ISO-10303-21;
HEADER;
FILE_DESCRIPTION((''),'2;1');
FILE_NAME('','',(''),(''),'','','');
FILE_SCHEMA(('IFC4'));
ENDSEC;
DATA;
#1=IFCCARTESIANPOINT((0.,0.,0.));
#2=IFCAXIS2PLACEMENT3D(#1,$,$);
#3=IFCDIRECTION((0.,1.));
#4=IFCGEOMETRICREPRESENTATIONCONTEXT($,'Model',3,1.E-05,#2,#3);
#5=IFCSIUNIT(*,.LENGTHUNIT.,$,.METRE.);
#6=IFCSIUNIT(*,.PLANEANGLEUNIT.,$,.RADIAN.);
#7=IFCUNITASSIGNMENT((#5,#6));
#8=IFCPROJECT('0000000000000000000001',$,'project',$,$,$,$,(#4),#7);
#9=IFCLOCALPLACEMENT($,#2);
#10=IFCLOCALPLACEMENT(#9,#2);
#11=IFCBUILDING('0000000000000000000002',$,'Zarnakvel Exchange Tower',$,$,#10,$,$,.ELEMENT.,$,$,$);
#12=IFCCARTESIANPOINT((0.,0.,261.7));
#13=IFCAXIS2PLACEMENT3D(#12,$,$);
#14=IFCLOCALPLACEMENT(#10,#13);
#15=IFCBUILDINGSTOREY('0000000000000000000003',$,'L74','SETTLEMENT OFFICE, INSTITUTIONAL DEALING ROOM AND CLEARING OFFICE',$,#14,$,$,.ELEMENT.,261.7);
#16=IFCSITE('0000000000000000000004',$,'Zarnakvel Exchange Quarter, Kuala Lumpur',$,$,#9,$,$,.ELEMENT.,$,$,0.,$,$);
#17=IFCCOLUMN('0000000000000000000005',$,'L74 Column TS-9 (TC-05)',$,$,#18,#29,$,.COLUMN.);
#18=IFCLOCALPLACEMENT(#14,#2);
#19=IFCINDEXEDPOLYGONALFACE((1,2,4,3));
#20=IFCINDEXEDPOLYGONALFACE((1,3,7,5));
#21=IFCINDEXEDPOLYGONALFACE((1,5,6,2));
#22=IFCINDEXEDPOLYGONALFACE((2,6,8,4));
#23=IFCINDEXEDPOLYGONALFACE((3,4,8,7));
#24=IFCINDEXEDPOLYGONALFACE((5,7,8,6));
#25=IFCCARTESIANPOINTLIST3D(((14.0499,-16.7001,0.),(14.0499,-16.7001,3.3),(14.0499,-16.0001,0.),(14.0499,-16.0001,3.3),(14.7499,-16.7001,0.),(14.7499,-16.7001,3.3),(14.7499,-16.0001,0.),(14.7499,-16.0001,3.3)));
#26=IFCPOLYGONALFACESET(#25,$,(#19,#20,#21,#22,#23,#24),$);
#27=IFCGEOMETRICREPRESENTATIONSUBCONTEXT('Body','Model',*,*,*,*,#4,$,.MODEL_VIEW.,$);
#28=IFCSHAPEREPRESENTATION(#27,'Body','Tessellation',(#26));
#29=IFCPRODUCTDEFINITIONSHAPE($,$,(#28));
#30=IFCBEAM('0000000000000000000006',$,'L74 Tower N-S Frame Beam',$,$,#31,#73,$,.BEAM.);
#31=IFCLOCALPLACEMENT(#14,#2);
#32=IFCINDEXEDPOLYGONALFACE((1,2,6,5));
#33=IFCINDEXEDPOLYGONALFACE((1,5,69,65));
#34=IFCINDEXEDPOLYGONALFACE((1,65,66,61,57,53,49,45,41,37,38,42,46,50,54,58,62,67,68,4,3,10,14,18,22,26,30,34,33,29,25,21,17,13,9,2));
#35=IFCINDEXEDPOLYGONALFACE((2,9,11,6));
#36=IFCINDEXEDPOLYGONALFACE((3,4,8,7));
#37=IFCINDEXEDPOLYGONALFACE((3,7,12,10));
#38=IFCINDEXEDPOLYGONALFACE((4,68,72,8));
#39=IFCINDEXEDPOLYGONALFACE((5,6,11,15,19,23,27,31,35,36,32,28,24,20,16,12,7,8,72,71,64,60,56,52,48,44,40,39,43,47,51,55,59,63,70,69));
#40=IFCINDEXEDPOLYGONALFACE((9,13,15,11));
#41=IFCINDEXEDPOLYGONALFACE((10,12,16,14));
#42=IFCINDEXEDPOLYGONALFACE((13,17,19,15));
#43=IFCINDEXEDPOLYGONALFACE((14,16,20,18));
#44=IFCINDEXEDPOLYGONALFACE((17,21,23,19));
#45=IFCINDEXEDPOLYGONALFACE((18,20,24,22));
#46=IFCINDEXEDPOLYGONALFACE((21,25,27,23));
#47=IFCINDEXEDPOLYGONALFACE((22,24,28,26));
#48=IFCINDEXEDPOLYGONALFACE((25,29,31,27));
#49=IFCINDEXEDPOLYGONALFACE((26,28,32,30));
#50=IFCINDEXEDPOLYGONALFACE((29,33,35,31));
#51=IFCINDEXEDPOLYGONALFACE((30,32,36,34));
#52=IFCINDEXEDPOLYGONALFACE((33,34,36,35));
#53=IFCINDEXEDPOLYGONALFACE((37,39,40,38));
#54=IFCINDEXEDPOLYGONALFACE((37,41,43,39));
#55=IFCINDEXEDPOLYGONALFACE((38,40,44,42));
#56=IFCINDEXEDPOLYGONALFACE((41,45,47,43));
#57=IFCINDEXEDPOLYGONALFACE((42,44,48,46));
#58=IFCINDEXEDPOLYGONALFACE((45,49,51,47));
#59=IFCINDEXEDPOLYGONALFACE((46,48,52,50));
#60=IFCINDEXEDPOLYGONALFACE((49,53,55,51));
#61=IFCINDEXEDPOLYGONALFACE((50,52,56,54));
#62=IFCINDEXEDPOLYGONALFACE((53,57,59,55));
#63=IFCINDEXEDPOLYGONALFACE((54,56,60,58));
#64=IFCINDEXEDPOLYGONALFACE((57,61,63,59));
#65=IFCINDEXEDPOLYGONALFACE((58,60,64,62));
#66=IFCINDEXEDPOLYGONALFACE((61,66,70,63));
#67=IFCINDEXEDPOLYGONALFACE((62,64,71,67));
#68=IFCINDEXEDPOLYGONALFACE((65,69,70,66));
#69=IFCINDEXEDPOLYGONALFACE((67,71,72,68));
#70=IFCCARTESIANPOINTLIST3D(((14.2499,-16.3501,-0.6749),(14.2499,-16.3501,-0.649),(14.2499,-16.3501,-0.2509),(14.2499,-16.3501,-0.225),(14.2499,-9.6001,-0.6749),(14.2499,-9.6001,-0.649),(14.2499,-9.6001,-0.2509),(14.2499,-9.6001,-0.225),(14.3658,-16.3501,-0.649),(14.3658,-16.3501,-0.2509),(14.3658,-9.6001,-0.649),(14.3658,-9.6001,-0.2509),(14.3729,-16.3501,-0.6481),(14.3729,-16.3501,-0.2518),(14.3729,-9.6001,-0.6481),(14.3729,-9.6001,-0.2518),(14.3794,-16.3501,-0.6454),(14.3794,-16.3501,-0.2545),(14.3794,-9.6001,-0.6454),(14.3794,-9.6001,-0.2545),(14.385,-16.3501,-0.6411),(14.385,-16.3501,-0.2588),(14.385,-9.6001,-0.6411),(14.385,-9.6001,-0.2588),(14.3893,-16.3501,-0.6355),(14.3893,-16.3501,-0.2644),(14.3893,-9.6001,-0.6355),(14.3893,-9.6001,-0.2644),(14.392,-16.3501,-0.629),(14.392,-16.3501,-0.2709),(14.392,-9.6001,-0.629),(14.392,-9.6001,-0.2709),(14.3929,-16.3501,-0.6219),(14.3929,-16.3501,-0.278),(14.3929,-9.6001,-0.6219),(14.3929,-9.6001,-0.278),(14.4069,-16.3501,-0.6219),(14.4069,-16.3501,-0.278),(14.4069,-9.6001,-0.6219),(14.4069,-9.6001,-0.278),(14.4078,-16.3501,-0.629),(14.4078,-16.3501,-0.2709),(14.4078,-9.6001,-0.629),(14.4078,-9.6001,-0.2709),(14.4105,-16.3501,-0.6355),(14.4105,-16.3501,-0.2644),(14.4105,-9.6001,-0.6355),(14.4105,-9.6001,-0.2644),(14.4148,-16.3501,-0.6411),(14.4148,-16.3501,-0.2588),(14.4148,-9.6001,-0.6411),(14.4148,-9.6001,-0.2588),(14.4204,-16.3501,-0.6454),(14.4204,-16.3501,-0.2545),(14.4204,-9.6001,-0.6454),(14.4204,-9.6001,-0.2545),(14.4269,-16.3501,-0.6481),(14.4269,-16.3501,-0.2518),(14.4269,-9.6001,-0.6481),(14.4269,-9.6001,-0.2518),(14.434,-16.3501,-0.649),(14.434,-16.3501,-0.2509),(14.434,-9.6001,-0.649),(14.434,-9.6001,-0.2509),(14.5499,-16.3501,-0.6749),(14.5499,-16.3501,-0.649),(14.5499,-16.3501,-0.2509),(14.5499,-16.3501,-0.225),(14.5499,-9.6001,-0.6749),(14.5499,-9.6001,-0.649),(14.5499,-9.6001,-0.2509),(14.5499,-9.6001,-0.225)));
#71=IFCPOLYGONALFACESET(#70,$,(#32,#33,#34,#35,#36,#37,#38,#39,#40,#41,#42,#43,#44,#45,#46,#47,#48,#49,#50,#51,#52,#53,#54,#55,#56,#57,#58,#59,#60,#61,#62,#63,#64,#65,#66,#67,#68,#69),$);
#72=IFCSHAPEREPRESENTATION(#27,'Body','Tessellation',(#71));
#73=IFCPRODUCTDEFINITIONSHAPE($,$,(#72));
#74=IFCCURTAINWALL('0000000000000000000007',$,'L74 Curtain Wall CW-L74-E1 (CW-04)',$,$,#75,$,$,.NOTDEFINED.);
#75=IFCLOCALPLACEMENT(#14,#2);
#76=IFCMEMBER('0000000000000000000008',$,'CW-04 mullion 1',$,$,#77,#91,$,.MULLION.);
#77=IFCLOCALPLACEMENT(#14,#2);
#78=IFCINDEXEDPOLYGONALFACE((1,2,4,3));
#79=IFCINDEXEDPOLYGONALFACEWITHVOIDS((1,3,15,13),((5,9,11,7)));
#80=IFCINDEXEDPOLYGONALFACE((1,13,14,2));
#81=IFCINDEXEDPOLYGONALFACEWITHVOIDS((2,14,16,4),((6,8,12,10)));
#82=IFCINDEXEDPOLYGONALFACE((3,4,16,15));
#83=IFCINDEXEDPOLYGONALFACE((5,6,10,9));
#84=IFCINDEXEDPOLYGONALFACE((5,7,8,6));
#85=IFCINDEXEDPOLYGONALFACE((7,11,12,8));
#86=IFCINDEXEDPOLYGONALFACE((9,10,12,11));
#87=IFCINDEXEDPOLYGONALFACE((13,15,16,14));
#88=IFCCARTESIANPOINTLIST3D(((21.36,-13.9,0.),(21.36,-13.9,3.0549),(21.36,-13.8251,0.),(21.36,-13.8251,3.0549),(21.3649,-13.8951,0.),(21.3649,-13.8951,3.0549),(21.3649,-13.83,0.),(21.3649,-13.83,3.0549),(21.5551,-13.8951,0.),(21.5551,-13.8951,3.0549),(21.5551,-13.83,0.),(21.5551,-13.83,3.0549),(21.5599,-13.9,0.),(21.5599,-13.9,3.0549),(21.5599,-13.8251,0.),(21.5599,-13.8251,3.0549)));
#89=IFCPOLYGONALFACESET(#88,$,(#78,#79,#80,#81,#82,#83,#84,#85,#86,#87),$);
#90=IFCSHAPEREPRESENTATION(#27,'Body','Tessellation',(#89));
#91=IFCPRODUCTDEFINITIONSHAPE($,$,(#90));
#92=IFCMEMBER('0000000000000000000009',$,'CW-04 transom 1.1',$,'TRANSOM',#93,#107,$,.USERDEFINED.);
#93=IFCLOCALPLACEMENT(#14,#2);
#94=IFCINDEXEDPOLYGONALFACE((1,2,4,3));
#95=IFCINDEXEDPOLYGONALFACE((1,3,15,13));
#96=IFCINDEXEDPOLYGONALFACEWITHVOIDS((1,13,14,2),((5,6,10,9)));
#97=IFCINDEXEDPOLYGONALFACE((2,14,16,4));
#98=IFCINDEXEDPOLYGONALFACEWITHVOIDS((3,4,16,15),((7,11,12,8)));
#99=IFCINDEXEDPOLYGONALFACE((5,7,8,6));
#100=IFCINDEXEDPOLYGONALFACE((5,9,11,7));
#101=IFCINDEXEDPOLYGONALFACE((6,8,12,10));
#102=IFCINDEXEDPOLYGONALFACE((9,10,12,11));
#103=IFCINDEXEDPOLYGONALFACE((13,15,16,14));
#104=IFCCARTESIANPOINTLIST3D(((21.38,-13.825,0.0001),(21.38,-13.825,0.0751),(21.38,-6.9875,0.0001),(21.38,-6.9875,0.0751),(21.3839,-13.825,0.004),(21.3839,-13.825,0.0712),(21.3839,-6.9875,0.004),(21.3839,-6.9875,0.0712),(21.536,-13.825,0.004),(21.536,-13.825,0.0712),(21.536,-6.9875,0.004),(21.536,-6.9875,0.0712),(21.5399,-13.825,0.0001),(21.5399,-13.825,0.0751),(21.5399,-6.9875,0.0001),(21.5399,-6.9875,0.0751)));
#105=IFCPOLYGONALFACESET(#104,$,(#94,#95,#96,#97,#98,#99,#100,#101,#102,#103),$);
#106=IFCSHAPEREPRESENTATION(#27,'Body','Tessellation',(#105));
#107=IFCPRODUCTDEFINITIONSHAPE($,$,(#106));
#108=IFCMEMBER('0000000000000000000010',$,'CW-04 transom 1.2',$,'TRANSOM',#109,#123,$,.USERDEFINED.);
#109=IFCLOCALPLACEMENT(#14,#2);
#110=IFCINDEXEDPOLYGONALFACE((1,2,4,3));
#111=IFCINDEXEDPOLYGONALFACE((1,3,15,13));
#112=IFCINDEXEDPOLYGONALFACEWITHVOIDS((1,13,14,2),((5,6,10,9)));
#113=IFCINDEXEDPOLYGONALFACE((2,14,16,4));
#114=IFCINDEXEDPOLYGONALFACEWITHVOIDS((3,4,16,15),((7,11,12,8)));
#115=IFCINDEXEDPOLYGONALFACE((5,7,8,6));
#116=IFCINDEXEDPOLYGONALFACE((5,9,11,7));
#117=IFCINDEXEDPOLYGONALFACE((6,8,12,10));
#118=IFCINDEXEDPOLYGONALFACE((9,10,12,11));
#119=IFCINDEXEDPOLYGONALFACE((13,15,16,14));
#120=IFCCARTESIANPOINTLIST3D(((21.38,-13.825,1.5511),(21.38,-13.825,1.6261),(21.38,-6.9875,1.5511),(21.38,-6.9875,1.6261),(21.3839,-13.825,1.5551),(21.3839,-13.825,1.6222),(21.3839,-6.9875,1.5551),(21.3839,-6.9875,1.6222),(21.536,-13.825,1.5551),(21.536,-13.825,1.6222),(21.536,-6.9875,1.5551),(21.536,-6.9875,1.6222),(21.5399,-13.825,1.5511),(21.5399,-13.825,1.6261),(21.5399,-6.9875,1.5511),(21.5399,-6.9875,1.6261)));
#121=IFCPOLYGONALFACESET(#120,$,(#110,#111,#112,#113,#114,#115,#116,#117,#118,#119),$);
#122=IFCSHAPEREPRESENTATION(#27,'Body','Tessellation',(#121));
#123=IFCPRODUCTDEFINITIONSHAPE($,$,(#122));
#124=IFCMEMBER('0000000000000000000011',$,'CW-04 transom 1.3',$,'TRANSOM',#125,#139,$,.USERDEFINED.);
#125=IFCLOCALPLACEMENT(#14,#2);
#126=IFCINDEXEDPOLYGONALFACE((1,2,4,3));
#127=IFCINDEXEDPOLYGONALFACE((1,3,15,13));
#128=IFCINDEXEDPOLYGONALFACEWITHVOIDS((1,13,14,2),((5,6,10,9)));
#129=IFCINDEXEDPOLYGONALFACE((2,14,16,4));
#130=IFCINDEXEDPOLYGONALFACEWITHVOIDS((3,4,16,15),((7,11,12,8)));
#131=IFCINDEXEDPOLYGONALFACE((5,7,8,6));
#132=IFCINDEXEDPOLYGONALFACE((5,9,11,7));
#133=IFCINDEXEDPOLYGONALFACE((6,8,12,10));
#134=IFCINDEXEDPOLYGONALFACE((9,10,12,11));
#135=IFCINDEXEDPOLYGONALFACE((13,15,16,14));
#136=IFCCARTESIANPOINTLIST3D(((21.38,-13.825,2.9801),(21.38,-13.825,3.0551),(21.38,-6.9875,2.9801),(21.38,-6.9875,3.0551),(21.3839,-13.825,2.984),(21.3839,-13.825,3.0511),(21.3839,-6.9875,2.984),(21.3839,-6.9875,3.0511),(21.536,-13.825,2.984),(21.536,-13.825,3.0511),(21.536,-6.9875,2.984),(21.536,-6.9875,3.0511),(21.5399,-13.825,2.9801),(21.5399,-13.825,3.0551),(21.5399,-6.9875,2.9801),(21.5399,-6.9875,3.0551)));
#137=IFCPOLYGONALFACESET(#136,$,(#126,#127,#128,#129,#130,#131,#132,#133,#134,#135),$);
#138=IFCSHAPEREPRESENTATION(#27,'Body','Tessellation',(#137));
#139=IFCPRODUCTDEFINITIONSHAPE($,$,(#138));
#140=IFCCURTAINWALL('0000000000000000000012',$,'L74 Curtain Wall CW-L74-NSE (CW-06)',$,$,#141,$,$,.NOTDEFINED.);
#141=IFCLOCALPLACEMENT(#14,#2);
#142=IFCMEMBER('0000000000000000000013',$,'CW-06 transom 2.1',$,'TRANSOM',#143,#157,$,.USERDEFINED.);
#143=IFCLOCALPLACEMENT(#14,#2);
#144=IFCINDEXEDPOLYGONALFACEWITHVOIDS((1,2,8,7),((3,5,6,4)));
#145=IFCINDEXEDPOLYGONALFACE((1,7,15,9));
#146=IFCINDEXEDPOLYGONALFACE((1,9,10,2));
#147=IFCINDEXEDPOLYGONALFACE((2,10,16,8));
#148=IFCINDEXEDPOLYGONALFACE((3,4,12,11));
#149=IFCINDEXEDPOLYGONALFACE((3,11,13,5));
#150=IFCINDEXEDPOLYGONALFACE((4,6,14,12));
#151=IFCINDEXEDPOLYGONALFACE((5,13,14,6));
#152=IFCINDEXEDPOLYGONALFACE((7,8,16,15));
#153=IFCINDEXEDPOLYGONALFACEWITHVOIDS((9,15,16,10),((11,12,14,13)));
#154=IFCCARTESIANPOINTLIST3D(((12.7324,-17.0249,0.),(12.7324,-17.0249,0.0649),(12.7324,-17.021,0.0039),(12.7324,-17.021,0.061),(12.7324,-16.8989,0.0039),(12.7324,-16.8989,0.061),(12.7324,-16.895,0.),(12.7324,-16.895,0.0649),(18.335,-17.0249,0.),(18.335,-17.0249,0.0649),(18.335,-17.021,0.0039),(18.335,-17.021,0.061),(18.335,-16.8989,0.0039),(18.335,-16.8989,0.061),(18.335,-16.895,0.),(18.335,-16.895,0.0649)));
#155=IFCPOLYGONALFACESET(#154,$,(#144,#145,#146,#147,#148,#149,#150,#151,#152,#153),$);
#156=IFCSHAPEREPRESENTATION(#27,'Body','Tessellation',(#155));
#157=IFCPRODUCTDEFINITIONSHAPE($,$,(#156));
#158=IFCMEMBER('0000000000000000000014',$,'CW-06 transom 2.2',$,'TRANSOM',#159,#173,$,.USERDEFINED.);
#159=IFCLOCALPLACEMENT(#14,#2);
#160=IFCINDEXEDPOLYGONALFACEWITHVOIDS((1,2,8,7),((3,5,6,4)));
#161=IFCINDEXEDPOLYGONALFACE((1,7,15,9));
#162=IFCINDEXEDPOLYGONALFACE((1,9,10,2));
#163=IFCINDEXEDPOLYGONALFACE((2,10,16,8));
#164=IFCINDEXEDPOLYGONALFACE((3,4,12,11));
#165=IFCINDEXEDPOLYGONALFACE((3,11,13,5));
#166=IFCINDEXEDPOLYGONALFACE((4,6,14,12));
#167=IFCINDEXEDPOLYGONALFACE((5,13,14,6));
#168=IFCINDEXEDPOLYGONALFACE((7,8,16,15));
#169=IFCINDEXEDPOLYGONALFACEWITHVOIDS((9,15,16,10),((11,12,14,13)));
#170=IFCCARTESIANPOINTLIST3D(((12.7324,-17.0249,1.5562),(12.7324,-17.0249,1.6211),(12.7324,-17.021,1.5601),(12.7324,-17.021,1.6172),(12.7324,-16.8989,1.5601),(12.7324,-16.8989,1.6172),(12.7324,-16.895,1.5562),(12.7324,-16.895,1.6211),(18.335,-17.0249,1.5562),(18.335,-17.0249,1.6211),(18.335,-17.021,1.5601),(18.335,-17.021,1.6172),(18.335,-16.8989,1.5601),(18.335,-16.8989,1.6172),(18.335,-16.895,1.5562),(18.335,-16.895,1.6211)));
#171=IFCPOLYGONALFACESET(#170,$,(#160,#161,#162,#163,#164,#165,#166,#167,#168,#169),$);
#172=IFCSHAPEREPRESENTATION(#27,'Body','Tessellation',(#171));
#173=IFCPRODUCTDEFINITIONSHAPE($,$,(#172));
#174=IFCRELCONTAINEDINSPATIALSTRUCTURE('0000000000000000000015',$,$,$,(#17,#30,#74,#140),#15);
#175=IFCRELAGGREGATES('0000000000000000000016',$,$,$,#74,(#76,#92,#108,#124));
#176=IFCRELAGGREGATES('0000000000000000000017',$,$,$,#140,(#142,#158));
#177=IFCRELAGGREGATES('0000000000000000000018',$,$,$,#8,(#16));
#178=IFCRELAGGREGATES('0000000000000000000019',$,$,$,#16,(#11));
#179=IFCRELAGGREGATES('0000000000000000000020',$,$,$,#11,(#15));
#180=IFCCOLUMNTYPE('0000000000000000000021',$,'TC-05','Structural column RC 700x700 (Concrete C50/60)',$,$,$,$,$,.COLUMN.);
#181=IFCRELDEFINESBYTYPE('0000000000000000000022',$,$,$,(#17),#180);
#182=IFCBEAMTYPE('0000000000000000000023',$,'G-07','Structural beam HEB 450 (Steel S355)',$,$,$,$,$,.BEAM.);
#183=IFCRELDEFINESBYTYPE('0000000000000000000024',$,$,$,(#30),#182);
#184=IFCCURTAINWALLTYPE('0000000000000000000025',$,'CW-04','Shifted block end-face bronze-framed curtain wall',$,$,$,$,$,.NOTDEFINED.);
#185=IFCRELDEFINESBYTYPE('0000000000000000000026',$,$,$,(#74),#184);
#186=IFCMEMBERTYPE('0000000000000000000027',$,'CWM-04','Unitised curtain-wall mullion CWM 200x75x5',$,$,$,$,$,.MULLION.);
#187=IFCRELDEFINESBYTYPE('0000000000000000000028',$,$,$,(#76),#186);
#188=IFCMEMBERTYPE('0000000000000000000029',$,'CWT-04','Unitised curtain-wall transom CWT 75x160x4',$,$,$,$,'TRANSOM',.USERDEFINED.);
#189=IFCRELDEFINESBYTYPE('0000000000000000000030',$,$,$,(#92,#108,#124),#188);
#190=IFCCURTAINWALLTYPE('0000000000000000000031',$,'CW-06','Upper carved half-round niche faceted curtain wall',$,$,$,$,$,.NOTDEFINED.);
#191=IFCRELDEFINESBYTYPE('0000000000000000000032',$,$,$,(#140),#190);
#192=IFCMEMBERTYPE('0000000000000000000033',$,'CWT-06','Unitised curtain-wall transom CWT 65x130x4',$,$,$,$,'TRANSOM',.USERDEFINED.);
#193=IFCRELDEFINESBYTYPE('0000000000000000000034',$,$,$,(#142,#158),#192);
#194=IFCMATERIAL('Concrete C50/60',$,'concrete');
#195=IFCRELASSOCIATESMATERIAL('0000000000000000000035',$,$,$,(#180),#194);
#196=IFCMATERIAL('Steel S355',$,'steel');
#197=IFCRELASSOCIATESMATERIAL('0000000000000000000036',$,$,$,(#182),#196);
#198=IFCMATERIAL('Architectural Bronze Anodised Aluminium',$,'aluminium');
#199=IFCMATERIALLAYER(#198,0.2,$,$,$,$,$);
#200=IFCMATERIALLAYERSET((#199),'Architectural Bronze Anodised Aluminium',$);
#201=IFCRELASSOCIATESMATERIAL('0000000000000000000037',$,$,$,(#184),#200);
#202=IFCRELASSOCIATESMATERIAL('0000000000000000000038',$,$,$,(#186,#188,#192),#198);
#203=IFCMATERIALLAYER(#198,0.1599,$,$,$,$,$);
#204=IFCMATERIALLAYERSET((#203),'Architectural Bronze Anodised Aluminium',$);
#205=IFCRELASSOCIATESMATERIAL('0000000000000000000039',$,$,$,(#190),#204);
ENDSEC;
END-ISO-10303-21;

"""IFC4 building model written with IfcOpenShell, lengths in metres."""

from ifc_helpers import new_model, si_unit, direction, frame, origin, origin_2d, place, context, subcontext, project, spatial, rectangle, hollow_rectangle, i_section, extrude, source, transform, mapped, material, layer, layer_set, material_profile, profile_set, type_object, element, aggregate, save


model = new_model("IFC4")

# Units and contexts
model_context = context("Model", 3, precision=1e-05, world=origin(), true_north=direction((0.0, 1.0)))
body_context = subcontext(model_context, "Body", "Model", "MODEL_VIEW")
ifc_project = project(units=[si_unit("LENGTHUNIT", "METRE"), si_unit("PLANEANGLEUNIT", "RADIAN")], contexts=[model_context])

# Site, building, storey
site_placement = place(None, origin())
site = spatial("IfcSite", under=ifc_project, at=site_placement, Name="Zarnakvel Exchange Quarter, Kuala Lumpur", CompositionType="ELEMENT", RefElevation=0.0)
building_placement = place(site_placement, origin())
building = spatial("IfcBuilding", under=site, at=building_placement, Name="Zarnakvel Exchange Tower", CompositionType="ELEMENT")
storey_placement = place(building_placement, frame((0.0, 0.0, 261.7)))
storey = spatial("IfcBuildingStorey", under=building, at=storey_placement, Name="L74", Description="SETTLEMENT OFFICE, INSTITUTIONAL DEALING ROOM AND CLEARING OFFICE", CompositionType="ELEMENT", Elevation=261.7)

# Column
ifc_material_1 = material(Name="Concrete C50/60", Category="concrete")
ifc_material_profile_1 = material_profile(ifc_material_1, rectangle(XDim=0.7, YDim=0.7, at=origin_2d()))
ifc_profile_set_1 = profile_set([ifc_material_profile_1], Name="Concrete C50/60")
column_type = type_object("IfcColumnType", Name="TC-05", Description="Structural column RC 700x700 (Concrete C50/60)", PredefinedType="COLUMN", material=ifc_profile_set_1)
column_placement = place(storey_placement, frame((14.3999, -16.3501, 0.0), z_axis=(0.0, 0.0, 1.0), x_axis=(1.0, 0.0, 0.0)))
element("IfcColumn", 1, at=column_placement, inside=storey, type_object=column_type, Name="L74 Column TS-9 (TC-05)", PredefinedType="COLUMN", context=body_context, shape_type="SweptSolid", body=[
    extrude(rectangle(XDim=0.7, YDim=0.7, at=origin_2d()), origin(), (0.0, 0.0, 1.0), 3.3),
])

# Beam
ifc_material_2 = material(Name="Steel S355", Category="steel")
ifc_material_profile_2 = material_profile(ifc_material_2, i_section(OverallWidth=0.3, OverallDepth=0.45, WebThickness=0.0139, FlangeThickness=0.0259, FilletRadius=0.0271, at=origin_2d()))
ifc_profile_set_2 = profile_set([ifc_material_profile_2], Name="Steel S355")
beam_type = type_object("IfcBeamType", Name="G-07", Description="Structural beam HEB 450 (Steel S355)", PredefinedType="BEAM", material=ifc_profile_set_2)
beam_placement = place(storey_placement, frame((14.3999, -16.3501, -0.45), z_axis=(0.0, 1.0, 0.0), x_axis=(-1.0, 0.0, 0.0)))
element("IfcBeam", 2, at=beam_placement, inside=storey, type_object=beam_type, Name="L74 Tower N-S Frame Beam", PredefinedType="BEAM", context=body_context, shape_type="SweptSolid", body=[
    extrude(i_section(OverallWidth=0.3, OverallDepth=0.45, WebThickness=0.0139, FlangeThickness=0.0259, FilletRadius=0.0271, at=origin_2d()), origin(), (0.0, 0.0, 1.0), 6.75),
])

# Curtain walls, members
ifc_material_3 = material(Name="Architectural Bronze Anodised Aluminium", Category="aluminium")
ifc_layer_1 = layer(ifc_material_3, 0.2)
ifc_layer_set_1 = layer_set([ifc_layer_1], Name="Architectural Bronze Anodised Aluminium")
curtain_wall_type_1 = type_object("IfcCurtainWallType", Name="CW-04", Description="Shifted block end-face bronze-framed curtain wall", PredefinedType="NOTDEFINED", material=ifc_layer_set_1)
curtain_wall_1_placement = place(storey_placement, origin())
curtain_wall_1 = element("IfcCurtainWall", 3, at=curtain_wall_1_placement, inside=storey, type_object=curtain_wall_type_1, Name="L74 Curtain Wall CW-L74-E1 (CW-04)", PredefinedType="NOTDEFINED")
ifc_material_profile_3 = material_profile(ifc_material_3, hollow_rectangle(XDim=0.2, YDim=0.075, WallThickness=0.0049, at=origin_2d()))
ifc_profile_set_3 = profile_set([ifc_material_profile_3], Name="Architectural Bronze Anodised Aluminium")
member_type_1 = type_object("IfcMemberType", Name="CWM-04", Description="Unitised curtain-wall mullion CWM 200x75x5", PredefinedType="MULLION", material=ifc_profile_set_3)
shared_shape_1 = source(origin(), body_context, "Body", "SweptSolid", [
    extrude(hollow_rectangle(XDim=0.2, YDim=0.075, WallThickness=0.0049, at=origin_2d()), origin(), (0.0, 0.0, 1.0), 3.0549),
])
member_1_placement = place(storey_placement, frame((21.46, -13.8625, 0.0), z_axis=(0.0, 0.0, 1.0), x_axis=(-1.0, 0.0, 0.0)))
member_1 = element("IfcMember", 4, at=member_1_placement, type_object=member_type_1, Name="CW-04 mullion 1", PredefinedType="MULLION", context=body_context, shape_type="MappedRepresentation", body=[
    mapped(shared_shape_1, transform((0.0, 0.0, 0.0), x_axis=(1.0, 0.0, 0.0), y_axis=(0.0, 1.0, 0.0), z_axis=(0.0, 0.0, 1.0), scale=1.0)),
])
ifc_material_profile_4 = material_profile(ifc_material_3, hollow_rectangle(XDim=0.1599, YDim=0.075, WallThickness=0.0039, at=origin_2d()))
ifc_profile_set_4 = profile_set([ifc_material_profile_4], Name="Architectural Bronze Anodised Aluminium")
member_type_2 = type_object("IfcMemberType", Name="CWT-04", Description="Unitised curtain-wall transom CWT 75x160x4", ElementType="TRANSOM", PredefinedType="USERDEFINED", material=ifc_profile_set_4)
shared_shape_2 = source(origin(), body_context, "Body", "SweptSolid", [
    extrude(hollow_rectangle(XDim=0.1599, YDim=0.075, WallThickness=0.0039, at=origin_2d()), origin(), (0.0, 0.0, 1.0), 6.8374),
])
member_2_placement = place(storey_placement, frame((21.46, -13.825, 0.0376), z_axis=(0.0, 1.0, 0.0), x_axis=(-1.0, 0.0, 0.0)))
member_2 = element("IfcMember", 5, at=member_2_placement, type_object=member_type_2, Name="CW-04 transom 1.1", ObjectType="TRANSOM", PredefinedType="USERDEFINED", context=body_context, shape_type="MappedRepresentation", body=[
    mapped(shared_shape_2, transform((0.0, 0.0, 0.0), x_axis=(1.0, 0.0, 0.0), y_axis=(0.0, 1.0, 0.0), z_axis=(0.0, 0.0, 1.0), scale=1.0)),
])
member_3_placement = place(storey_placement, frame((21.46, -13.825, 1.5886), z_axis=(0.0, 1.0, 0.0), x_axis=(-1.0, 0.0, 0.0)))
member_3 = element("IfcMember", 6, at=member_3_placement, type_object=member_type_2, Name="CW-04 transom 1.2", ObjectType="TRANSOM", PredefinedType="USERDEFINED", context=body_context, shape_type="MappedRepresentation", body=[
    mapped(shared_shape_2, transform((0.0, 0.0, 0.0), x_axis=(1.0, 0.0, 0.0), y_axis=(0.0, 1.0, 0.0), z_axis=(0.0, 0.0, 1.0), scale=1.0)),
])
member_4_placement = place(storey_placement, frame((21.46, -13.825, 3.0176), z_axis=(0.0, 1.0, 0.0), x_axis=(-1.0, 0.0, 0.0)))
member_4 = element("IfcMember", 7, at=member_4_placement, type_object=member_type_2, Name="CW-04 transom 1.3", ObjectType="TRANSOM", PredefinedType="USERDEFINED", context=body_context, shape_type="MappedRepresentation", body=[
    mapped(shared_shape_2, transform((0.0, 0.0, 0.0), x_axis=(1.0, 0.0, 0.0), y_axis=(0.0, 1.0, 0.0), z_axis=(0.0, 0.0, 1.0), scale=1.0)),
])
ifc_layer_2 = layer(ifc_material_3, 0.1599)
ifc_layer_set_2 = layer_set([ifc_layer_2], Name="Architectural Bronze Anodised Aluminium")
curtain_wall_type_2 = type_object("IfcCurtainWallType", Name="CW-06", Description="Upper carved half-round niche faceted curtain wall", PredefinedType="NOTDEFINED", material=ifc_layer_set_2)
curtain_wall_2_placement = place(storey_placement, origin())
curtain_wall_2 = element("IfcCurtainWall", 8, at=curtain_wall_2_placement, inside=storey, type_object=curtain_wall_type_2, Name="L74 Curtain Wall CW-L74-NSE (CW-06)", PredefinedType="NOTDEFINED")
ifc_material_profile_5 = material_profile(ifc_material_3, hollow_rectangle(XDim=0.1299, YDim=0.0649, WallThickness=0.0039, at=origin_2d()))
ifc_profile_set_5 = profile_set([ifc_material_profile_5], Name="Architectural Bronze Anodised Aluminium")
member_type_3 = type_object("IfcMemberType", Name="CWT-06", Description="Unitised curtain-wall transom CWT 65x130x4", ElementType="TRANSOM", PredefinedType="USERDEFINED", material=ifc_profile_set_5)
shared_shape_3 = source(origin(), body_context, "Body", "SweptSolid", [
    extrude(hollow_rectangle(XDim=0.1299, YDim=0.0649, WallThickness=0.0039, at=origin_2d()), origin(), (0.0, 0.0, 1.0), 5.6025),
])
member_5_placement = place(storey_placement, frame((12.7324, -16.96, 0.0325), z_axis=(1.0, 0.0, 0.0), x_axis=(0.0, 1.0, 0.0)))
member_5 = element("IfcMember", 9, at=member_5_placement, type_object=member_type_3, Name="CW-06 transom 2.1", ObjectType="TRANSOM", PredefinedType="USERDEFINED", context=body_context, shape_type="MappedRepresentation", body=[
    mapped(shared_shape_3, transform((0.0, 0.0, 0.0), x_axis=(1.0, 0.0, 0.0), y_axis=(0.0, 1.0, 0.0), z_axis=(0.0, 0.0, 1.0), scale=1.0)),
])
member_6_placement = place(storey_placement, frame((12.7324, -16.96, 1.5886), z_axis=(1.0, 0.0, 0.0), x_axis=(0.0, 1.0, 0.0)))
member_6 = element("IfcMember", 10, at=member_6_placement, type_object=member_type_3, Name="CW-06 transom 2.2", ObjectType="TRANSOM", PredefinedType="USERDEFINED", context=body_context, shape_type="MappedRepresentation", body=[
    mapped(shared_shape_3, transform((0.0, 0.0, 0.0), x_axis=(1.0, 0.0, 0.0), y_axis=(0.0, 1.0, 0.0), z_axis=(0.0, 0.0, 1.0), scale=1.0)),
])

aggregate(curtain_wall_1, [member_1, member_2, member_3, member_4])
aggregate(curtain_wall_2, [member_5, member_6])

save(model, "model.ifc")
